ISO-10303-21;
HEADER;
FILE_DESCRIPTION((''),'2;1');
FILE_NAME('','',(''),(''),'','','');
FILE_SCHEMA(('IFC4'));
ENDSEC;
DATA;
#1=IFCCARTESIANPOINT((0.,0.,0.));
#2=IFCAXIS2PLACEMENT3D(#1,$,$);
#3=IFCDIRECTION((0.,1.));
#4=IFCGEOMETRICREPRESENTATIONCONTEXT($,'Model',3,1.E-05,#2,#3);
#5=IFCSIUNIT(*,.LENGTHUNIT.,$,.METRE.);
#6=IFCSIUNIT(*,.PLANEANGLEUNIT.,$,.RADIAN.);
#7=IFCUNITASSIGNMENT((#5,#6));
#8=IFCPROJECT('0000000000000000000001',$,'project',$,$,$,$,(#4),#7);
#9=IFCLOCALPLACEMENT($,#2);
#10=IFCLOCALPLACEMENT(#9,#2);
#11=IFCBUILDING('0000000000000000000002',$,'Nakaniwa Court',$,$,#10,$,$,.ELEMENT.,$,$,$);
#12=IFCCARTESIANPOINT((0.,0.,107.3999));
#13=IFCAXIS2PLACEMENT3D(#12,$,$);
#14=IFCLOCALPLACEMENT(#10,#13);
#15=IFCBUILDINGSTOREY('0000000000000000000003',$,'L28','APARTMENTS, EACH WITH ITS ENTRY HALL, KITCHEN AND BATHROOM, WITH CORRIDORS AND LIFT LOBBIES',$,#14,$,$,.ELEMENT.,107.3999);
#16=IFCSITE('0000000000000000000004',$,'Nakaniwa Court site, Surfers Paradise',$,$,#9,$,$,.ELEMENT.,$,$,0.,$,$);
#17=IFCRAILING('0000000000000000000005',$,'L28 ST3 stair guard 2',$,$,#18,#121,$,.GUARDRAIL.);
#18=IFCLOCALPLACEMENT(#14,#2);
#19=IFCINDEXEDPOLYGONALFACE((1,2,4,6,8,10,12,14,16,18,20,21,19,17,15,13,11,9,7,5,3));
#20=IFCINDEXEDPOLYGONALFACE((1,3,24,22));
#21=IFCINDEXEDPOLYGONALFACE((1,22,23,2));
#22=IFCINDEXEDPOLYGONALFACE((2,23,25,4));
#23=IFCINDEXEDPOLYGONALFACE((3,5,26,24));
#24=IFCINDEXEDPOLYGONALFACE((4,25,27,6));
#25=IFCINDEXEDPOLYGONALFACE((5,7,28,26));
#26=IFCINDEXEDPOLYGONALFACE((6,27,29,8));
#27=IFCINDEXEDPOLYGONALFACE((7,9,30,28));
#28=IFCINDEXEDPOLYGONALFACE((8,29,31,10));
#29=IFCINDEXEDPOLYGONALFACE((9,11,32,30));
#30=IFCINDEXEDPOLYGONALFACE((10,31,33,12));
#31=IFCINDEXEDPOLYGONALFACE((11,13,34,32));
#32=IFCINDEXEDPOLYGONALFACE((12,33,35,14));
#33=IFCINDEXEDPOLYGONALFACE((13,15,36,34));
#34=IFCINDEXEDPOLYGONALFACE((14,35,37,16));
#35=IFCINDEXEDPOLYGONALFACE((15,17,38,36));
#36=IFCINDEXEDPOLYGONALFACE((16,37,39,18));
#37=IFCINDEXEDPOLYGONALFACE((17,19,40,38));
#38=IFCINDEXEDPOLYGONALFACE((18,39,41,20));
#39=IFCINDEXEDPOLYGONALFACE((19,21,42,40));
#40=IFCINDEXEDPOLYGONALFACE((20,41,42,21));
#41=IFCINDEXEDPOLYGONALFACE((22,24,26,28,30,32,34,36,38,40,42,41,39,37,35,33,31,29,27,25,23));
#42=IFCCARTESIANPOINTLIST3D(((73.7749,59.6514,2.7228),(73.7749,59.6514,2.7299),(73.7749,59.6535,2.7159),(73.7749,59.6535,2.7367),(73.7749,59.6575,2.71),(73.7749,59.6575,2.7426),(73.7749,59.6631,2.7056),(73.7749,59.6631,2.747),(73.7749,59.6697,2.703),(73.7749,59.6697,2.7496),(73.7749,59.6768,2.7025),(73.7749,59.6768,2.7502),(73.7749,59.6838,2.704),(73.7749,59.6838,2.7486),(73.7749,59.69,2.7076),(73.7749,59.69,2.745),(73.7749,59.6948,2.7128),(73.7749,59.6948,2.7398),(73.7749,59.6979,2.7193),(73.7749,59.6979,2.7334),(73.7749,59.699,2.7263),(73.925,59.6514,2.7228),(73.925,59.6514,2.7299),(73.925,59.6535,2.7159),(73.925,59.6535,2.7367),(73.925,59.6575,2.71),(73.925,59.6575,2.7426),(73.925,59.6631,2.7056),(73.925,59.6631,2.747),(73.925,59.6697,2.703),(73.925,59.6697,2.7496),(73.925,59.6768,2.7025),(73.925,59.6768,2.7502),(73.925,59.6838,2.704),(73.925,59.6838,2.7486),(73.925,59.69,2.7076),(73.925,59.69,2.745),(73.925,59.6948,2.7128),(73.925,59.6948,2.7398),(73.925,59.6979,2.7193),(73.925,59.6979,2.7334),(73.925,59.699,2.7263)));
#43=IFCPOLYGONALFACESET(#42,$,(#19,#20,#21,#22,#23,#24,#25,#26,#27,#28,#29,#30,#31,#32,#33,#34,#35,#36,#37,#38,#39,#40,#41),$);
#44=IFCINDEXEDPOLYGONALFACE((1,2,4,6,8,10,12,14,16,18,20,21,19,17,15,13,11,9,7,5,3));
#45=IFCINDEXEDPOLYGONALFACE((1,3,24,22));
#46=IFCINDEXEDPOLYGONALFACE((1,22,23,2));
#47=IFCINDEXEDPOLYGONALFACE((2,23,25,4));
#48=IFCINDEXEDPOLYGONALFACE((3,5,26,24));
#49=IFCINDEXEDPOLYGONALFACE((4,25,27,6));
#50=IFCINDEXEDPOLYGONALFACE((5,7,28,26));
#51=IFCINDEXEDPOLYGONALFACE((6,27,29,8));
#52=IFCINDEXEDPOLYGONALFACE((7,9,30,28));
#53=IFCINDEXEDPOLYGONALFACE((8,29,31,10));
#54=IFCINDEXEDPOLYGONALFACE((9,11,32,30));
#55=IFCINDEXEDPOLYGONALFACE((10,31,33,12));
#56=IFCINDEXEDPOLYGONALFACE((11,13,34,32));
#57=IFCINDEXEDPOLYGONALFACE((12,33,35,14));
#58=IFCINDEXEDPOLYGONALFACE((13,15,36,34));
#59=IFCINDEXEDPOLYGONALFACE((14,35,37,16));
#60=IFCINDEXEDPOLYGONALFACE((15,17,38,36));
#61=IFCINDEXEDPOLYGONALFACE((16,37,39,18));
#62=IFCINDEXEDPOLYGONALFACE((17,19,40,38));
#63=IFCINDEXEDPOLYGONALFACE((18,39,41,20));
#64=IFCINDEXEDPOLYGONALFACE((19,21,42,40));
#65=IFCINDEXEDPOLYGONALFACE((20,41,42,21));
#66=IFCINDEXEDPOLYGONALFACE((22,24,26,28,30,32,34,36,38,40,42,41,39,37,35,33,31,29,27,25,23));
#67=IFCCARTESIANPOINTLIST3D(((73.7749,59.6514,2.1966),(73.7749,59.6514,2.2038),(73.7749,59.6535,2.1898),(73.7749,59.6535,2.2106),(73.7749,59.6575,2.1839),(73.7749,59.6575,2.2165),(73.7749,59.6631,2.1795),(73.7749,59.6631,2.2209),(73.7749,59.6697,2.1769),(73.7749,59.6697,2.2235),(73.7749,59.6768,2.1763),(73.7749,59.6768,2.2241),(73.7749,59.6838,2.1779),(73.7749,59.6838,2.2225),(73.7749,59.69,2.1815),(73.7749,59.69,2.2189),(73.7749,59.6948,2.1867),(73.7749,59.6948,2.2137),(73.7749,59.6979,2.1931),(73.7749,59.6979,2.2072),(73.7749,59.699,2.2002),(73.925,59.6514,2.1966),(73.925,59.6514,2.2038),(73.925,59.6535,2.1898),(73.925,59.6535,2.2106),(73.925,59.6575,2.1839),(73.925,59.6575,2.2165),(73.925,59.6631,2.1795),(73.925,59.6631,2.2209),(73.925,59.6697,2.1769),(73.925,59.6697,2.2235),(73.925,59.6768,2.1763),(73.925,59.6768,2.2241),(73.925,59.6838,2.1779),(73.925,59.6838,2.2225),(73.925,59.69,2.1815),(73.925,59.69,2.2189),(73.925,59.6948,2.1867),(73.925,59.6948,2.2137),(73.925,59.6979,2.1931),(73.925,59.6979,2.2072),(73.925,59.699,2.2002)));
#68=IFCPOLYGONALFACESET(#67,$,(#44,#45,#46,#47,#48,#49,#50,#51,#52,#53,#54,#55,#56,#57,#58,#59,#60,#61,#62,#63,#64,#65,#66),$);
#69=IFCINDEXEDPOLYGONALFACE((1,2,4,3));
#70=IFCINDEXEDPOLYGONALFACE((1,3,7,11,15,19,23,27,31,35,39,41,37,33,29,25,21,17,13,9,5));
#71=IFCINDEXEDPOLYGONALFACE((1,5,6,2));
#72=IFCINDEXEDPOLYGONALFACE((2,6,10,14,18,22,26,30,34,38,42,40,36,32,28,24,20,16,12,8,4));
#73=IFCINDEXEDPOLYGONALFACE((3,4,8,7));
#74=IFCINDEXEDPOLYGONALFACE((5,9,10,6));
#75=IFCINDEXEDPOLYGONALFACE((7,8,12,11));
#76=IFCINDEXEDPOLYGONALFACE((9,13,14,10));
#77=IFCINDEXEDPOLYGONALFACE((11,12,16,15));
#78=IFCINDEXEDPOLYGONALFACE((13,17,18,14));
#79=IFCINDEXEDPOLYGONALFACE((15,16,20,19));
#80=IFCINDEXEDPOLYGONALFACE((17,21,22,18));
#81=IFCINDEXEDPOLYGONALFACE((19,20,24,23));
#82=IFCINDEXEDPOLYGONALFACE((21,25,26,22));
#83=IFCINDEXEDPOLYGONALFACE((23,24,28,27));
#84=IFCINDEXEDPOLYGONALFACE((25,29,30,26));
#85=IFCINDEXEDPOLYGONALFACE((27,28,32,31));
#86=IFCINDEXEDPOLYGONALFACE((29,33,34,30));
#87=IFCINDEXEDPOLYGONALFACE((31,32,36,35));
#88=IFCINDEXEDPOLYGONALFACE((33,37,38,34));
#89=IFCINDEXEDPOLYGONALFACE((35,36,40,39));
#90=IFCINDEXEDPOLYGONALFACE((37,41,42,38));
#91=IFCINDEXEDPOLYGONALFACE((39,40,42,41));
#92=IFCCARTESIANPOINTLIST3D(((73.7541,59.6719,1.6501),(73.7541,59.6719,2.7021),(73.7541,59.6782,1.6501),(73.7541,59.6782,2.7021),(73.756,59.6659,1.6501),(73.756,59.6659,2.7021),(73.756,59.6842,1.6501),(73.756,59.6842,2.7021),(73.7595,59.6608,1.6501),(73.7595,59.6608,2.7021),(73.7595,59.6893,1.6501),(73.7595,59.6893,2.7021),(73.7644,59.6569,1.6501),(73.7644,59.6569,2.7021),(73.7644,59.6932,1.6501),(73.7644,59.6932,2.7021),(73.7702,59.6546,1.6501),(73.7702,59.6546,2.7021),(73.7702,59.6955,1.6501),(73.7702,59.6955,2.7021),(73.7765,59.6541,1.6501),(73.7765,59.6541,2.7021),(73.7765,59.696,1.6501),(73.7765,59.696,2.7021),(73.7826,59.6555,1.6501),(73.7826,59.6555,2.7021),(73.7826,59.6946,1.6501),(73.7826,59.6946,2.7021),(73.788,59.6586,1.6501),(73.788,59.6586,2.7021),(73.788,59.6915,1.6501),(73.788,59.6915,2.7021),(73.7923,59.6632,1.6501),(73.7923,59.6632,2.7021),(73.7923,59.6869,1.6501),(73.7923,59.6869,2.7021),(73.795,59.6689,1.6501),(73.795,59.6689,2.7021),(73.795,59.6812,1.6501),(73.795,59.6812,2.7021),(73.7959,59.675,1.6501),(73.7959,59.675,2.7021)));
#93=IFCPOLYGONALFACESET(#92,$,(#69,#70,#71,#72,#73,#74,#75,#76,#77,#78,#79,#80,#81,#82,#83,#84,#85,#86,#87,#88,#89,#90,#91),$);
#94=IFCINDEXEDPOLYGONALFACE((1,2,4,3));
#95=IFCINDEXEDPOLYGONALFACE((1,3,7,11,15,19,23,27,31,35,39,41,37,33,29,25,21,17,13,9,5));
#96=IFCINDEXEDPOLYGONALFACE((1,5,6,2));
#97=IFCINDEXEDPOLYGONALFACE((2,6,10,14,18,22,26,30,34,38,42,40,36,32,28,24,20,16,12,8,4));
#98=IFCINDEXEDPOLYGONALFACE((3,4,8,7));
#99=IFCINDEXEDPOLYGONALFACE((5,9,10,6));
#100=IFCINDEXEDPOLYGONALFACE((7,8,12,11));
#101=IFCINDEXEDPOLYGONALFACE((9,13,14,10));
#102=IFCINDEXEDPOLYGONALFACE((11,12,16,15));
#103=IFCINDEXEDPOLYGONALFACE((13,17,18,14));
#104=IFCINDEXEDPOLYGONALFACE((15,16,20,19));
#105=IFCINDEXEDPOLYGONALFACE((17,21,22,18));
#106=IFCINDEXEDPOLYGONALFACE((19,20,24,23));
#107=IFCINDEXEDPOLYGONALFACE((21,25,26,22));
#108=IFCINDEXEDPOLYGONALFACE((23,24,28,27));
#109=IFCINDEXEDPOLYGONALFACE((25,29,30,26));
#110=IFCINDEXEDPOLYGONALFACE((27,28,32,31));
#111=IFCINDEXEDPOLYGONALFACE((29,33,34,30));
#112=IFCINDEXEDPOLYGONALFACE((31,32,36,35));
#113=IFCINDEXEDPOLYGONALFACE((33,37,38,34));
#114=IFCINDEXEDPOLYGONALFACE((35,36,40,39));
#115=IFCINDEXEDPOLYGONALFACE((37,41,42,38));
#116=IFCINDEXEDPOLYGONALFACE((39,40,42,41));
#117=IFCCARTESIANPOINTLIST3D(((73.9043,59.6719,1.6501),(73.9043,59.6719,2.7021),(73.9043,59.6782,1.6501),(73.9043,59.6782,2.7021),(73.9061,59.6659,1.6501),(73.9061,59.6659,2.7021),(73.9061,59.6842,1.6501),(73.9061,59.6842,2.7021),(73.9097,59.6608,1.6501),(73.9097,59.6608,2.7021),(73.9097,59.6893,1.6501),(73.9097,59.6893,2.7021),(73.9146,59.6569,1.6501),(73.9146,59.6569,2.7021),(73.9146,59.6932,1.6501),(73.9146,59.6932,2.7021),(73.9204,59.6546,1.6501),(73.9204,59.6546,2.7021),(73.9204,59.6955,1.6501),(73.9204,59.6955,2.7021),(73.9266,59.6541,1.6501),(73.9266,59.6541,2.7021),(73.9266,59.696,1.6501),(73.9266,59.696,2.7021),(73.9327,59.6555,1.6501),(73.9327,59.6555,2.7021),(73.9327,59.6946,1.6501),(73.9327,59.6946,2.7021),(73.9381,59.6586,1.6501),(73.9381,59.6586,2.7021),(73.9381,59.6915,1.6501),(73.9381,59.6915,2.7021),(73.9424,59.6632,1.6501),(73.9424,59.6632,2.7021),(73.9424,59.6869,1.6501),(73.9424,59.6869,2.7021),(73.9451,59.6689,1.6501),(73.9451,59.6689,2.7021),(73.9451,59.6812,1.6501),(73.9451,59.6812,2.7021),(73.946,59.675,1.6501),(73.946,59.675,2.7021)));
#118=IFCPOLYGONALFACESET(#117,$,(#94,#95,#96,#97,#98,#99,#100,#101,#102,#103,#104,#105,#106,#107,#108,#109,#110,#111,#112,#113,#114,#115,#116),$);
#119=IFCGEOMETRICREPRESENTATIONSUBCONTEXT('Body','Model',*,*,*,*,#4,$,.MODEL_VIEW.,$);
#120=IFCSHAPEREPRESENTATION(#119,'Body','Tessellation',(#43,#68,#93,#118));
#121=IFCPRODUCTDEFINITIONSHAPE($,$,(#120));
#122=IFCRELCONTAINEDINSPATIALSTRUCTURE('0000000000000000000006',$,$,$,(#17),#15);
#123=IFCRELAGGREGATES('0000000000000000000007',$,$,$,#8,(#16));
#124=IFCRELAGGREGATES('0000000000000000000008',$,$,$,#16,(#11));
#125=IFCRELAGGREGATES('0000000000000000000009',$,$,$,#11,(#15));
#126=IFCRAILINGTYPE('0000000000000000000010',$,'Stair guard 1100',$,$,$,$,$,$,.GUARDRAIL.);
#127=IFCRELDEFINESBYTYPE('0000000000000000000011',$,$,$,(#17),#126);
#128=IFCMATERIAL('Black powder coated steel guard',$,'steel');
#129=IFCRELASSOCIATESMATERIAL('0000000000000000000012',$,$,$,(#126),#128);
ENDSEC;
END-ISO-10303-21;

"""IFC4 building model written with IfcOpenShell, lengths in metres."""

from ifc_helpers import new_model, si_unit, direction, frame, origin, origin_2d, place, context, subcontext, project, spatial, circle, extrude, material, type_object, element, save


model = new_model("IFC4")

# Units and contexts
model_context = context("Model", 3, precision=1e-05, world=origin(), true_north=direction((0.0, 1.0)))
body_context = subcontext(model_context, "Body", "Model", "MODEL_VIEW")
ifc_project = project(units=[si_unit("LENGTHUNIT", "METRE"), si_unit("PLANEANGLEUNIT", "RADIAN")], contexts=[model_context])

# Site, building, storey
site_placement = place(None, origin())
site = spatial("IfcSite", under=ifc_project, at=site_placement, Name="Nakaniwa Court site, Surfers Paradise", CompositionType="ELEMENT", RefElevation=0.0)
building_placement = place(site_placement, origin())
building = spatial("IfcBuilding", under=site, at=building_placement, Name="Nakaniwa Court", CompositionType="ELEMENT")
storey_placement = place(building_placement, frame((0.0, 0.0, 107.3999)))
storey = spatial("IfcBuildingStorey", under=building, at=storey_placement, Name="L28", Description="APARTMENTS, EACH WITH ITS ENTRY HALL, KITCHEN AND BATHROOM, WITH CORRIDORS AND LIFT LOBBIES", CompositionType="ELEMENT", Elevation=107.3999)

# Railing
ifc_material_1 = material(Name="Black powder coated steel guard", Category="steel")
railing_type_1 = type_object("IfcRailingType", Name="Stair guard 1100", PredefinedType="GUARDRAIL", material=ifc_material_1)
railing_1_placement = place(storey_placement, frame((73.7749, 59.675, 1.6501)))
element("IfcRailing", 1, at=railing_1_placement, inside=storey, type_object=railing_type_1, Name="L28 ST3 stair guard 2", PredefinedType="GUARDRAIL", context=body_context, shape_type="SweptSolid", body=[
    extrude(circle(Radius=0.0239, at=origin_2d()), frame((0.0, 0.0, 1.0762), z_axis=(1.0, 0.0, 0.0), x_axis=(0.0, 1.0, 0.0)), (0.0, 0.0, 1.0), 0.1501),
    extrude(circle(Radius=0.0239, at=origin_2d()), frame((0.0, 0.0, 0.55), z_axis=(1.0, 0.0, 0.0), x_axis=(0.0, 1.0, 0.0)), (0.0, 0.0, 1.0), 0.1501),
    extrude(circle(Radius=0.021, at=origin_2d()), origin(), (0.0, 0.0, 1.0), 1.052),
    extrude(circle(Radius=0.021, at=origin_2d()), frame((0.1501, 0.0, 0.0)), (0.0, 0.0, 1.0), 1.052),
])

save(model, "model.ifc")
